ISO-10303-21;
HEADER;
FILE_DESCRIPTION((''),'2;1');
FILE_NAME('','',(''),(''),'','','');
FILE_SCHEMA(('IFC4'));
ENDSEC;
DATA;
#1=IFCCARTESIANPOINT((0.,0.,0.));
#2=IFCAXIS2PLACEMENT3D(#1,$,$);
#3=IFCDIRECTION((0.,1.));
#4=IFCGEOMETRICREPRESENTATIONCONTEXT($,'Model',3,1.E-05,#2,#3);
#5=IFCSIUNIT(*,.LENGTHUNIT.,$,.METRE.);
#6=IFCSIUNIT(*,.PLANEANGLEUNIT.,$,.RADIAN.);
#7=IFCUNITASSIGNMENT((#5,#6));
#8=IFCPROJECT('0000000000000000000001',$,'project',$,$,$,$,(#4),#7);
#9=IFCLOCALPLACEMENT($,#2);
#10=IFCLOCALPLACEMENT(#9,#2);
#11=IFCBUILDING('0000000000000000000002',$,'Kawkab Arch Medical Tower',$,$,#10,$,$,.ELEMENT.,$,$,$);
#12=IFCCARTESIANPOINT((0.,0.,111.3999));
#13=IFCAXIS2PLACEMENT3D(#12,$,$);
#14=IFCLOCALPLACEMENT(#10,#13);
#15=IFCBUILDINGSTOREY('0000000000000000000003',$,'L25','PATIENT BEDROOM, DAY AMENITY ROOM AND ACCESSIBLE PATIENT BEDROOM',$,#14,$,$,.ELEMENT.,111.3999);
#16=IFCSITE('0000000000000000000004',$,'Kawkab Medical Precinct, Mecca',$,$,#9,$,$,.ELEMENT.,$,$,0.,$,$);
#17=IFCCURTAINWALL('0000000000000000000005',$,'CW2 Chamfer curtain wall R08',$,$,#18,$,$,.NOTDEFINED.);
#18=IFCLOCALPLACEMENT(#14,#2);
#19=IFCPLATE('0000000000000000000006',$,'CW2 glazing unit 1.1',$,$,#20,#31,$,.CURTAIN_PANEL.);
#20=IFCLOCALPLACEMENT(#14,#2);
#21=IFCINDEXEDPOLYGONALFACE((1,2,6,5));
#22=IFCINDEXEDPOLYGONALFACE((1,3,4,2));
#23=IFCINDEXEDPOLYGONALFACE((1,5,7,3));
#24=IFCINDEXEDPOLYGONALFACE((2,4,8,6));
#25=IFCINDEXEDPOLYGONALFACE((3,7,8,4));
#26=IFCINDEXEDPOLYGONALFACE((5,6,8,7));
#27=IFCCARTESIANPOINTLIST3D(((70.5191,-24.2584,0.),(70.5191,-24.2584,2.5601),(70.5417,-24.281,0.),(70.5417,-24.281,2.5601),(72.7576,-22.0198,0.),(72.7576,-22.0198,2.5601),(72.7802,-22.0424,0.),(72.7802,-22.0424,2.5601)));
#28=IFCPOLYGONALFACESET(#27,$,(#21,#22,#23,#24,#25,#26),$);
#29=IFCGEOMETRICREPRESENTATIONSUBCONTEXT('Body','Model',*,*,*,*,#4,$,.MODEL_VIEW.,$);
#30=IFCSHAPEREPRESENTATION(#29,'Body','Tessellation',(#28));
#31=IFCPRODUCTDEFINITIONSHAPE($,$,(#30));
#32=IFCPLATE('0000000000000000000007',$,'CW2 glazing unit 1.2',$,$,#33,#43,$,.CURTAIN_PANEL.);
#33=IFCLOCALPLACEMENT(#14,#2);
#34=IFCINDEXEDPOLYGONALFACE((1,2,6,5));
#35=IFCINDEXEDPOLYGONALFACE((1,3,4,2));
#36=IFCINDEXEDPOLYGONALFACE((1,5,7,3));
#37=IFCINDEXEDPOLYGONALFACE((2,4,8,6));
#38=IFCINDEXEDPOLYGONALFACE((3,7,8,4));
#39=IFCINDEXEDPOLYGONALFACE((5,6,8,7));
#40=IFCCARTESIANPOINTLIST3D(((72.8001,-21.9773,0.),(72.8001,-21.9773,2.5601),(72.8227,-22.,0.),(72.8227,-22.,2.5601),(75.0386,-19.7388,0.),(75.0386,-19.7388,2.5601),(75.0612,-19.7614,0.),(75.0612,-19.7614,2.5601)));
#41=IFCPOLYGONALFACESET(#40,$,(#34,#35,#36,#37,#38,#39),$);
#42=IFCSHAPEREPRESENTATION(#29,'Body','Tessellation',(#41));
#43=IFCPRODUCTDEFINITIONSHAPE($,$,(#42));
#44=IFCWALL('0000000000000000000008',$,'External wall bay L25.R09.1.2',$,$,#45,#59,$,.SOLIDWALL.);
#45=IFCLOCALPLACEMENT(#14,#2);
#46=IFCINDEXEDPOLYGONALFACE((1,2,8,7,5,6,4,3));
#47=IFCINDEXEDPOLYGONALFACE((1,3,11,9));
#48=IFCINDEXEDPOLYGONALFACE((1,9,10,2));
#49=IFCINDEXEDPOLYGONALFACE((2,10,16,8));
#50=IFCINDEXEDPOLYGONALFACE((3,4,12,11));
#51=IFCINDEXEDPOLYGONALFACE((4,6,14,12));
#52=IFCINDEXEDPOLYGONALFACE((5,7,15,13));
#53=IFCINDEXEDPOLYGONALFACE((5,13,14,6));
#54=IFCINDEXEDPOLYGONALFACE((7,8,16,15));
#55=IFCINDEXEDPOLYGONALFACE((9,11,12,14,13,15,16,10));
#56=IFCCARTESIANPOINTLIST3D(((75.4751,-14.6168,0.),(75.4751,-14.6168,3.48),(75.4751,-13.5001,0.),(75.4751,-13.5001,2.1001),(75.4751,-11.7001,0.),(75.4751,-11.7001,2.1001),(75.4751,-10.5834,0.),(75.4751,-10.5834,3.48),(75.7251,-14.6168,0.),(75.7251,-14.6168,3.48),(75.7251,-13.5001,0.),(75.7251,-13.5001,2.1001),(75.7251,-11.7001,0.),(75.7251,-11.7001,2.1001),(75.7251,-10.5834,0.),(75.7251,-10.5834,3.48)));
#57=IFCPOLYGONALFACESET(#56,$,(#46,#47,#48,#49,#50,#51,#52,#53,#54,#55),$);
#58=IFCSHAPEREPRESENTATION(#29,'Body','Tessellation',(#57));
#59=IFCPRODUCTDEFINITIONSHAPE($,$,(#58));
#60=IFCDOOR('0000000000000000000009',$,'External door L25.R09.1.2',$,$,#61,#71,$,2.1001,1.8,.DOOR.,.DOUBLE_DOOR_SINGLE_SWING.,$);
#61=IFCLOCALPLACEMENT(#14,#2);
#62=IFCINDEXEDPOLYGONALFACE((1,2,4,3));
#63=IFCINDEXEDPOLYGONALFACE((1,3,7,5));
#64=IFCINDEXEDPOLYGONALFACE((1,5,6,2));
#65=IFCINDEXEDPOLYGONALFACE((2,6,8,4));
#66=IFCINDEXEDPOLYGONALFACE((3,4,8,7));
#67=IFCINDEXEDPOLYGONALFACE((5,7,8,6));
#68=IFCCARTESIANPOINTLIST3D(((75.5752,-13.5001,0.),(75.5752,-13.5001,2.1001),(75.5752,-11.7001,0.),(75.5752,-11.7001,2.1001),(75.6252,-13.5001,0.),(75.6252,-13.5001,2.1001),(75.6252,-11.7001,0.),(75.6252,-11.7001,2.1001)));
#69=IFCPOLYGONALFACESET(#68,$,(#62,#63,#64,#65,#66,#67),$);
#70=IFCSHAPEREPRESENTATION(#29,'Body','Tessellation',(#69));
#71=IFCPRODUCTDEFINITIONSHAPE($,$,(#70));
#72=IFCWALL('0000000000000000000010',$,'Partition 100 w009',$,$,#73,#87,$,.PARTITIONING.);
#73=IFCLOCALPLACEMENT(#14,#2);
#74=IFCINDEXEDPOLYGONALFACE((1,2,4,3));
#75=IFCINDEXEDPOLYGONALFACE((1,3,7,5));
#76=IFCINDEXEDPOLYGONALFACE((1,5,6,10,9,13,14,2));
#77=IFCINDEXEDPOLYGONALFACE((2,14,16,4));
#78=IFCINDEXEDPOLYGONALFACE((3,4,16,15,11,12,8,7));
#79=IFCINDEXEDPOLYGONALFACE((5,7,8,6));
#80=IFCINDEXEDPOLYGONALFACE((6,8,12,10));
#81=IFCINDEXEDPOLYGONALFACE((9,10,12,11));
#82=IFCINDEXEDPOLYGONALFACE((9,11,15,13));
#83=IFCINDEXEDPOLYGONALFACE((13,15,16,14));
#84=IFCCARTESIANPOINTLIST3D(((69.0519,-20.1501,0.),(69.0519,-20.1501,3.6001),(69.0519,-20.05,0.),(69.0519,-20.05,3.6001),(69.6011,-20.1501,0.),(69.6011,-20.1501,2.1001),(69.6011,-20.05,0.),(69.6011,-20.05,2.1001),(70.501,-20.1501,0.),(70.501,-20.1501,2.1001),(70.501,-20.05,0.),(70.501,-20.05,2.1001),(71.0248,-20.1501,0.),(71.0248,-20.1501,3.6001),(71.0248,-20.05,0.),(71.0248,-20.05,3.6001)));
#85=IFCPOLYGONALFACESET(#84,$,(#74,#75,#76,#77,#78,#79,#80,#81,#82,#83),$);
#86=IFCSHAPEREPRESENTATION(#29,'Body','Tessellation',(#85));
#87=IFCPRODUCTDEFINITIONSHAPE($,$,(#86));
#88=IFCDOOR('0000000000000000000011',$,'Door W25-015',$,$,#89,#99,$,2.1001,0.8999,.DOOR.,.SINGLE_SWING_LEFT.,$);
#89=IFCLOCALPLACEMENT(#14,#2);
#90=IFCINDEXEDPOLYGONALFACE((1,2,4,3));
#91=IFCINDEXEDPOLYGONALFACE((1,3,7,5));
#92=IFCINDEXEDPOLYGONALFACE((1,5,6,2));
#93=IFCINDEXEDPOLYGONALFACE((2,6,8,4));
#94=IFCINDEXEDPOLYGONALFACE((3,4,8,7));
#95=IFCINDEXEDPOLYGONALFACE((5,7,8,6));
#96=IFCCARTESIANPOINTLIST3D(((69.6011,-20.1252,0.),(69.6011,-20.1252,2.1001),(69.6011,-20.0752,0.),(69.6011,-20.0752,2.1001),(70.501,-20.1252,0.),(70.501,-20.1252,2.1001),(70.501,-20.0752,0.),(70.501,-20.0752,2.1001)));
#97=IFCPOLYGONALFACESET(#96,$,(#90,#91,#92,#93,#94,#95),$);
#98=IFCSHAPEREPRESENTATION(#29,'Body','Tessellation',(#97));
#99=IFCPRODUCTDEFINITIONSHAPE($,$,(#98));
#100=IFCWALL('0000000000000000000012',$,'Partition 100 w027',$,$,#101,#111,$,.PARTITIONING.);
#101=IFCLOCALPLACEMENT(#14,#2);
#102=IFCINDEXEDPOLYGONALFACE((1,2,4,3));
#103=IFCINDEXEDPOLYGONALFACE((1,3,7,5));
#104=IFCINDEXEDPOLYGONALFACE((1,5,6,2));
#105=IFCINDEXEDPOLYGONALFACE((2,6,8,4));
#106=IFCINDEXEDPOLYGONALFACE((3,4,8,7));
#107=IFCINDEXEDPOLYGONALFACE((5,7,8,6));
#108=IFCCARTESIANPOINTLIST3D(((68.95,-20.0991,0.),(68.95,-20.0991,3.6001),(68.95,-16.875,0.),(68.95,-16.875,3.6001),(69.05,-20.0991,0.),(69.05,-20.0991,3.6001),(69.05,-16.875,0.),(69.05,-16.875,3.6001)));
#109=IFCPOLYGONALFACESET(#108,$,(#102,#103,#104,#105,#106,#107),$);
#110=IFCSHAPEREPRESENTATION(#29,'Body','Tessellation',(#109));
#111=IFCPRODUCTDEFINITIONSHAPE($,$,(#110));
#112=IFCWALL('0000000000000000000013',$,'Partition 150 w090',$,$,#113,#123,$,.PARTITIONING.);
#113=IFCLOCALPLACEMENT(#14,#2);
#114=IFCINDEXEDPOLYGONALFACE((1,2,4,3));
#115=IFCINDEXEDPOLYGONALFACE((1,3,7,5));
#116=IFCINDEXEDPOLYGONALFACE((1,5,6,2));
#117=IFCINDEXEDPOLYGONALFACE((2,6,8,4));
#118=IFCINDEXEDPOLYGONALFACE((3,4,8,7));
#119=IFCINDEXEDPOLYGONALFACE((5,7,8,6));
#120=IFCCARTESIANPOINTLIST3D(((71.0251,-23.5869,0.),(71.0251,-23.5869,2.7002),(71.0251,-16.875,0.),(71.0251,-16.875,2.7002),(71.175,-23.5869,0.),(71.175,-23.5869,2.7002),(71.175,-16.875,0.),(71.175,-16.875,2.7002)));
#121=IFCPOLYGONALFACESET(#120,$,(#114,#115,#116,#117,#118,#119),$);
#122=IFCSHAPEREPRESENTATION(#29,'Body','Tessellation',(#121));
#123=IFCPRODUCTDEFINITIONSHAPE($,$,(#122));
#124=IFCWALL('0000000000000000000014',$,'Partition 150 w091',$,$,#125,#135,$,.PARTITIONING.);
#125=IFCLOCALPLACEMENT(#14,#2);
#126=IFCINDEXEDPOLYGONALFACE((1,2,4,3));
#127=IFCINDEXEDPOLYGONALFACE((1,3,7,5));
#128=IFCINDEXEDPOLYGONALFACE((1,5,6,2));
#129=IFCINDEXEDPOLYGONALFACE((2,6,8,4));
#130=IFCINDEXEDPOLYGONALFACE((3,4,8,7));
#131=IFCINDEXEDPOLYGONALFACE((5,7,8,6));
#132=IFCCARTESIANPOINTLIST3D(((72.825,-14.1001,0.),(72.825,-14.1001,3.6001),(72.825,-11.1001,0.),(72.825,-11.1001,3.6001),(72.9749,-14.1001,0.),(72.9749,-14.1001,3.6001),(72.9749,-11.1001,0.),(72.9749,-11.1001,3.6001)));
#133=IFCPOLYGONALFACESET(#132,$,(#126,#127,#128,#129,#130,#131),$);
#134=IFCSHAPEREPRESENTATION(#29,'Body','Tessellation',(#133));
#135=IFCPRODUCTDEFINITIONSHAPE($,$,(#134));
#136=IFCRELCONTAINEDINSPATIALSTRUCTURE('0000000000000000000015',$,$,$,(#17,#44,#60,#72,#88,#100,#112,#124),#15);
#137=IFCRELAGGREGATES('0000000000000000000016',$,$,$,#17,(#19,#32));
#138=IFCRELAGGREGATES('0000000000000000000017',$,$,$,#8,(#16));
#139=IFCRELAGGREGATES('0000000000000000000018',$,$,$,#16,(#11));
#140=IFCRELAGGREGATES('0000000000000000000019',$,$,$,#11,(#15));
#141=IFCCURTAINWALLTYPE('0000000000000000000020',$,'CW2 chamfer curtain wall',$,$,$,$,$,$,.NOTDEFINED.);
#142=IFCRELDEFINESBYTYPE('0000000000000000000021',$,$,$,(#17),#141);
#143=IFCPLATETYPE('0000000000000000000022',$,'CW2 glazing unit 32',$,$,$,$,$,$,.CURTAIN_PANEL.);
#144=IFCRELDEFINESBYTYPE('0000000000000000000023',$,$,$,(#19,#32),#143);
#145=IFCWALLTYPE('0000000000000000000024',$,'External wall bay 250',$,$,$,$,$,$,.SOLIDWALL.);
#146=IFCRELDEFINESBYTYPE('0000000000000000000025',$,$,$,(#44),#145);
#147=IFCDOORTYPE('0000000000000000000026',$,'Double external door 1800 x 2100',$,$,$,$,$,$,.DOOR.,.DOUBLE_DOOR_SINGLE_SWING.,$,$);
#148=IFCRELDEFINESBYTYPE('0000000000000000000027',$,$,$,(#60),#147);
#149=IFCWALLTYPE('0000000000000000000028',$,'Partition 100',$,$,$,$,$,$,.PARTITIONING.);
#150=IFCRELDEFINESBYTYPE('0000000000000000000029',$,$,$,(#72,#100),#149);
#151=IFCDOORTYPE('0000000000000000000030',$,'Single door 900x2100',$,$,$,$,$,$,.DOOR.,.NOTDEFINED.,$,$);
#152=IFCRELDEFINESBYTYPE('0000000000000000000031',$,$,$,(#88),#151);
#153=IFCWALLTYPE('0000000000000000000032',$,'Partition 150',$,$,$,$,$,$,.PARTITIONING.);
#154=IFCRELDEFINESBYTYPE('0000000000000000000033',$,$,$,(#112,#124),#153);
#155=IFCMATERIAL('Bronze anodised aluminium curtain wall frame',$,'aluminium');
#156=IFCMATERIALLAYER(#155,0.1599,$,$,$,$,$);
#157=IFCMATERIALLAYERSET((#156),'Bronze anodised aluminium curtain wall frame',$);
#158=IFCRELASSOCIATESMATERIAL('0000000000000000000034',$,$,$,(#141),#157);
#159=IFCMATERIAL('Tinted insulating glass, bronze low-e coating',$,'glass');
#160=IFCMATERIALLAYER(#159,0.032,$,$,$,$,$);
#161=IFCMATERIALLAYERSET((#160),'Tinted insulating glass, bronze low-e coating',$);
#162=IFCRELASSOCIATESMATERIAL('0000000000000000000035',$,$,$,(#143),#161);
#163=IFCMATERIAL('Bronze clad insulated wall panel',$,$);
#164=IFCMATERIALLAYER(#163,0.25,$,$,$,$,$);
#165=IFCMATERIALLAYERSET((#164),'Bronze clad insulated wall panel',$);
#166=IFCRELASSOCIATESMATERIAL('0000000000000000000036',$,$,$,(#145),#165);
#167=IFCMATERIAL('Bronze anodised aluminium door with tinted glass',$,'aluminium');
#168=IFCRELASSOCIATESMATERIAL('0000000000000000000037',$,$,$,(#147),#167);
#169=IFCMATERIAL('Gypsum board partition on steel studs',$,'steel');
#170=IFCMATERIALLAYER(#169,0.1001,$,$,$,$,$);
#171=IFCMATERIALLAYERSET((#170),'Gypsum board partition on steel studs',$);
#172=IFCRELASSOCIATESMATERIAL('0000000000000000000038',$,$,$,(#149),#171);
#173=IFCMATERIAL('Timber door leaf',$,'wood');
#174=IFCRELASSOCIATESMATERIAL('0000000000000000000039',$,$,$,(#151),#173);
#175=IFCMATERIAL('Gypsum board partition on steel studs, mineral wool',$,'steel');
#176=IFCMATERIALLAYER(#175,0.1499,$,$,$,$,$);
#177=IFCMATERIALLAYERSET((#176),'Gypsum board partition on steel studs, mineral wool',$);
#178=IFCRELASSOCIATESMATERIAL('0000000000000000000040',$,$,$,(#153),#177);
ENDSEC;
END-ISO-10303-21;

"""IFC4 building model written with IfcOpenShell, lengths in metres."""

from ifc_helpers import new_model, si_unit, direction, frame, frame_2d, origin, origin_2d, place, context, subcontext, project, spatial, rectangle, extrude, material, layer, layer_set, type_object, element, fill, aggregate, save


model = new_model("IFC4")

# Units and contexts
model_context = context("Model", 3, precision=1e-05, world=origin(), true_north=direction((0.0, 1.0)))
body_context = subcontext(model_context, "Body", "Model", "MODEL_VIEW")
ifc_project = project(units=[si_unit("LENGTHUNIT", "METRE"), si_unit("PLANEANGLEUNIT", "RADIAN")], contexts=[model_context])

# Site, building, storey
site_placement = place(None, origin())
site = spatial("IfcSite", under=ifc_project, at=site_placement, Name="Kawkab Medical Precinct, Mecca", CompositionType="ELEMENT", RefElevation=0.0)
building_placement = place(site_placement, origin())
building = spatial("IfcBuilding", under=site, at=building_placement, Name="Kawkab Arch Medical Tower", CompositionType="ELEMENT")
storey_placement = place(building_placement, frame((0.0, 0.0, 111.3999)))
storey = spatial("IfcBuildingStorey", under=building, at=storey_placement, Name="L25", Description="PATIENT BEDROOM, DAY AMENITY ROOM AND ACCESSIBLE PATIENT BEDROOM", CompositionType="ELEMENT", Elevation=111.3999)

# Shared definitions
placement = place(storey_placement, origin())

# Curtain wall
ifc_material_1 = material(Name="Bronze anodised aluminium curtain wall frame", Category="aluminium")
ifc_layer_1 = layer(ifc_material_1, 0.1599)
ifc_layer_set_1 = layer_set([ifc_layer_1], Name="Bronze anodised aluminium curtain wall frame")
curtain_wall_type_1 = type_object("IfcCurtainWallType", Name="CW2 chamfer curtain wall", PredefinedType="NOTDEFINED", material=ifc_layer_set_1)
curtain_wall_1 = element("IfcCurtainWall", 1, at=placement, inside=storey, type_object=curtain_wall_type_1, Name="CW2 Chamfer curtain wall R08", PredefinedType="NOTDEFINED")

# Plates
ifc_material_2 = material(Name="Tinted insulating glass, bronze low-e coating", Category="glass")
ifc_layer_2 = layer(ifc_material_2, 0.032)
ifc_layer_set_2 = layer_set([ifc_layer_2], Name="Tinted insulating glass, bronze low-e coating")
plate_type_1 = type_object("IfcPlateType", Name="CW2 glazing unit 32", PredefinedType="CURTAIN_PANEL", material=ifc_layer_set_2)
plate_1_placement = place(storey_placement, frame((71.6497, -23.1504, 0.0), z_axis=(0.0, 0.0, 1.0), x_axis=(0.707107, 0.707107, 0.0)))
plate_1 = element("IfcPlate", 2, at=plate_1_placement, type_object=plate_type_1, Name="CW2 glazing unit 1.1", PredefinedType="CURTAIN_PANEL", context=body_context, shape_type="SweptSolid", body=[
    extrude(rectangle(XDim=3.1658, YDim=0.032, at=origin_2d()), origin(), (0.0, 0.0, 1.0), 2.5601),
])
plate_2_placement = place(storey_placement, frame((73.9307, -20.8694, 0.0), z_axis=(0.0, 0.0, 1.0), x_axis=(0.707107, 0.707107, 0.0)))
plate_2 = element("IfcPlate", 3, at=plate_2_placement, type_object=plate_type_1, Name="CW2 glazing unit 1.2", PredefinedType="CURTAIN_PANEL", context=body_context, shape_type="SweptSolid", body=[
    extrude(rectangle(XDim=3.1658, YDim=0.032, at=origin_2d()), origin(), (0.0, 0.0, 1.0), 2.5601),
])
aggregate(curtain_wall_1, [plate_1, plate_2])

# Walls, openings, doors
ifc_material_3 = material(Name="Bronze clad insulated wall panel")
ifc_layer_3 = layer(ifc_material_3, 0.25)
ifc_layer_set_3 = layer_set([ifc_layer_3], Name="Bronze clad insulated wall panel")
wall_type_1 = type_object("IfcWallType", Name="External wall bay 250", PredefinedType="SOLIDWALL", material=ifc_layer_set_3)
wall_1_placement = place(storey_placement, frame((75.6001, -14.6167, 0.0), z_axis=(0.0, 0.0, 1.0), x_axis=(0.0, 1.0, 0.0)))
wall_1 = element("IfcWall", 4, at=wall_1_placement, inside=storey, type_object=wall_type_1, Name="External wall bay L25.R09.1.2", PredefinedType="SOLIDWALL", context=body_context, shape_type="SweptSolid", body=[
    extrude(rectangle(XDim=4.0334, YDim=0.25, at=frame_2d((2.0166, 0.0))), origin(), (0.0, 0.0, 1.0), 3.48),
])
opening_1_placement = place(wall_1_placement, frame((1.1167, 0.0, 0.0)))
opening_1 = element("IfcOpeningElement", 5, at=opening_1_placement, cuts=wall_1, PredefinedType="OPENING", context=body_context, shape_type="SweptSolid", body=[
    extrude(rectangle(XDim=1.8, YDim=2.1001, at=frame_2d((0.8999, 1.05))), frame((0.0, 0.135, 0.0), z_axis=(0.0, -1.0, 0.0), x_axis=(1.0, 0.0, 0.0)), (0.0, 0.0, 1.0), 0.27),
])
ifc_material_4 = material(Name="Bronze anodised aluminium door with tinted glass", Category="aluminium")
door_type_1 = type_object("IfcDoorType", Name="Double external door 1800 x 2100", OperationType="DOUBLE_DOOR_SINGLE_SWING", PredefinedType="DOOR", material=ifc_material_4)
door_1_placement = place(opening_1_placement, origin())
door_1 = element("IfcDoor", 6, at=door_1_placement, inside=storey, type_object=door_type_1, Name="External door L25.R09.1.2", OperationType="DOUBLE_DOOR_SINGLE_SWING", OverallHeight=2.1001, OverallWidth=1.8, PredefinedType="DOOR", context=body_context, shape_type="SweptSolid", body=[
    extrude(rectangle(XDim=1.8, YDim=2.1001, at=frame_2d((0.8999, 1.05))), frame((0.0, 0.0249, 0.0), z_axis=(0.0, -1.0, 0.0), x_axis=(1.0, 0.0, 0.0)), (0.0, 0.0, 1.0), 0.05),
])
fill(opening_1, door_1)
ifc_material_5 = material(Name="Gypsum board partition on steel studs", Category="steel")
ifc_layer_4 = layer(ifc_material_5, 0.1001)
ifc_layer_set_4 = layer_set([ifc_layer_4], Name="Gypsum board partition on steel studs")
wall_type_2 = type_object("IfcWallType", Name="Partition 100", PredefinedType="PARTITIONING", material=ifc_layer_set_4)
wall_2_placement = place(storey_placement, frame((69.052, -20.1001, 0.0), z_axis=(0.0, 0.0, 1.0), x_axis=(1.0, 0.0, 0.0)))
wall_2 = element("IfcWall", 7, at=wall_2_placement, inside=storey, type_object=wall_type_2, Name="Partition 100 w009", PredefinedType="PARTITIONING", context=body_context, shape_type="SweptSolid", body=[
    extrude(rectangle(XDim=1.9729, YDim=0.1001, at=frame_2d((0.9863, 0.0))), origin(), (0.0, 0.0, 1.0), 3.6001),
])
opening_2_placement = place(wall_2_placement, frame((0.5491, 0.0, 0.0)))
opening_2 = element("IfcOpeningElement", 8, at=opening_2_placement, cuts=wall_2, PredefinedType="OPENING", context=body_context, shape_type="SweptSolid", body=[
    extrude(rectangle(XDim=0.8999, YDim=2.1001, at=frame_2d((0.45, 1.05))), frame((0.0, 0.0601, 0.0), z_axis=(0.0, -1.0, 0.0), x_axis=(1.0, 0.0, 0.0)), (0.0, 0.0, 1.0), 0.1201),
])
ifc_material_6 = material(Name="Timber door leaf", Category="wood")
door_type_2 = type_object("IfcDoorType", Name="Single door 900x2100", OperationType="NOTDEFINED", PredefinedType="DOOR", material=ifc_material_6)
door_2_placement = place(opening_2_placement, origin())
door_2 = element("IfcDoor", 9, at=door_2_placement, inside=storey, type_object=door_type_2, Name="Door W25-015", OperationType="SINGLE_SWING_LEFT", OverallHeight=2.1001, OverallWidth=0.8999, PredefinedType="DOOR", context=body_context, shape_type="SweptSolid", body=[
    extrude(rectangle(XDim=0.8999, YDim=2.1001, at=frame_2d((0.45, 1.05))), frame((0.0, 0.0249, 0.0), z_axis=(0.0, -1.0, 0.0), x_axis=(1.0, 0.0, 0.0)), (0.0, 0.0, 1.0), 0.05),
])
fill(opening_2, door_2)

# Walls
wall_3_placement = place(storey_placement, frame((69.0, -20.0991, 0.0), z_axis=(0.0, 0.0, 1.0), x_axis=(0.0, 1.0, 0.0)))
element("IfcWall", 10, at=wall_3_placement, inside=storey, type_object=wall_type_2, Name="Partition 100 w027", PredefinedType="PARTITIONING", context=body_context, shape_type="SweptSolid", body=[
    extrude(rectangle(XDim=3.2241, YDim=0.1001, at=frame_2d((1.6121, 0.0))), origin(), (0.0, 0.0, 1.0), 3.6001),
])
ifc_material_7 = material(Name="Gypsum board partition on steel studs, mineral wool", Category="steel")
ifc_layer_5 = layer(ifc_material_7, 0.1499)
ifc_layer_set_5 = layer_set([ifc_layer_5], Name="Gypsum board partition on steel studs, mineral wool")
wall_type_3 = type_object("IfcWallType", Name="Partition 150", PredefinedType="PARTITIONING", material=ifc_layer_set_5)
wall_4_placement = place(storey_placement, frame((71.1001, -23.5869, 0.0), z_axis=(0.0, 0.0, 1.0), x_axis=(0.0, 1.0, 0.0)))
element("IfcWall", 11, at=wall_4_placement, inside=storey, type_object=wall_type_3, Name="Partition 150 w090", PredefinedType="PARTITIONING", context=body_context, shape_type="SweptSolid", body=[
    extrude(rectangle(XDim=6.7119, YDim=0.1499, at=frame_2d((3.356, 0.0))), origin(), (0.0, 0.0, 1.0), 2.7002),
])
wall_5_placement = place(storey_placement, frame((72.8999, -14.1001, 0.0), z_axis=(0.0, 0.0, 1.0), x_axis=(0.0, 1.0, 0.0)))
element("IfcWall", 12, at=wall_5_placement, inside=storey, type_object=wall_type_3, Name="Partition 150 w091", PredefinedType="PARTITIONING", context=body_context, shape_type="SweptSolid", body=[
    extrude(rectangle(XDim=3.0, YDim=0.1499, at=frame_2d((1.5, 0.0))), origin(), (0.0, 0.0, 1.0), 3.6001),
])

save(model, "model.ifc")
